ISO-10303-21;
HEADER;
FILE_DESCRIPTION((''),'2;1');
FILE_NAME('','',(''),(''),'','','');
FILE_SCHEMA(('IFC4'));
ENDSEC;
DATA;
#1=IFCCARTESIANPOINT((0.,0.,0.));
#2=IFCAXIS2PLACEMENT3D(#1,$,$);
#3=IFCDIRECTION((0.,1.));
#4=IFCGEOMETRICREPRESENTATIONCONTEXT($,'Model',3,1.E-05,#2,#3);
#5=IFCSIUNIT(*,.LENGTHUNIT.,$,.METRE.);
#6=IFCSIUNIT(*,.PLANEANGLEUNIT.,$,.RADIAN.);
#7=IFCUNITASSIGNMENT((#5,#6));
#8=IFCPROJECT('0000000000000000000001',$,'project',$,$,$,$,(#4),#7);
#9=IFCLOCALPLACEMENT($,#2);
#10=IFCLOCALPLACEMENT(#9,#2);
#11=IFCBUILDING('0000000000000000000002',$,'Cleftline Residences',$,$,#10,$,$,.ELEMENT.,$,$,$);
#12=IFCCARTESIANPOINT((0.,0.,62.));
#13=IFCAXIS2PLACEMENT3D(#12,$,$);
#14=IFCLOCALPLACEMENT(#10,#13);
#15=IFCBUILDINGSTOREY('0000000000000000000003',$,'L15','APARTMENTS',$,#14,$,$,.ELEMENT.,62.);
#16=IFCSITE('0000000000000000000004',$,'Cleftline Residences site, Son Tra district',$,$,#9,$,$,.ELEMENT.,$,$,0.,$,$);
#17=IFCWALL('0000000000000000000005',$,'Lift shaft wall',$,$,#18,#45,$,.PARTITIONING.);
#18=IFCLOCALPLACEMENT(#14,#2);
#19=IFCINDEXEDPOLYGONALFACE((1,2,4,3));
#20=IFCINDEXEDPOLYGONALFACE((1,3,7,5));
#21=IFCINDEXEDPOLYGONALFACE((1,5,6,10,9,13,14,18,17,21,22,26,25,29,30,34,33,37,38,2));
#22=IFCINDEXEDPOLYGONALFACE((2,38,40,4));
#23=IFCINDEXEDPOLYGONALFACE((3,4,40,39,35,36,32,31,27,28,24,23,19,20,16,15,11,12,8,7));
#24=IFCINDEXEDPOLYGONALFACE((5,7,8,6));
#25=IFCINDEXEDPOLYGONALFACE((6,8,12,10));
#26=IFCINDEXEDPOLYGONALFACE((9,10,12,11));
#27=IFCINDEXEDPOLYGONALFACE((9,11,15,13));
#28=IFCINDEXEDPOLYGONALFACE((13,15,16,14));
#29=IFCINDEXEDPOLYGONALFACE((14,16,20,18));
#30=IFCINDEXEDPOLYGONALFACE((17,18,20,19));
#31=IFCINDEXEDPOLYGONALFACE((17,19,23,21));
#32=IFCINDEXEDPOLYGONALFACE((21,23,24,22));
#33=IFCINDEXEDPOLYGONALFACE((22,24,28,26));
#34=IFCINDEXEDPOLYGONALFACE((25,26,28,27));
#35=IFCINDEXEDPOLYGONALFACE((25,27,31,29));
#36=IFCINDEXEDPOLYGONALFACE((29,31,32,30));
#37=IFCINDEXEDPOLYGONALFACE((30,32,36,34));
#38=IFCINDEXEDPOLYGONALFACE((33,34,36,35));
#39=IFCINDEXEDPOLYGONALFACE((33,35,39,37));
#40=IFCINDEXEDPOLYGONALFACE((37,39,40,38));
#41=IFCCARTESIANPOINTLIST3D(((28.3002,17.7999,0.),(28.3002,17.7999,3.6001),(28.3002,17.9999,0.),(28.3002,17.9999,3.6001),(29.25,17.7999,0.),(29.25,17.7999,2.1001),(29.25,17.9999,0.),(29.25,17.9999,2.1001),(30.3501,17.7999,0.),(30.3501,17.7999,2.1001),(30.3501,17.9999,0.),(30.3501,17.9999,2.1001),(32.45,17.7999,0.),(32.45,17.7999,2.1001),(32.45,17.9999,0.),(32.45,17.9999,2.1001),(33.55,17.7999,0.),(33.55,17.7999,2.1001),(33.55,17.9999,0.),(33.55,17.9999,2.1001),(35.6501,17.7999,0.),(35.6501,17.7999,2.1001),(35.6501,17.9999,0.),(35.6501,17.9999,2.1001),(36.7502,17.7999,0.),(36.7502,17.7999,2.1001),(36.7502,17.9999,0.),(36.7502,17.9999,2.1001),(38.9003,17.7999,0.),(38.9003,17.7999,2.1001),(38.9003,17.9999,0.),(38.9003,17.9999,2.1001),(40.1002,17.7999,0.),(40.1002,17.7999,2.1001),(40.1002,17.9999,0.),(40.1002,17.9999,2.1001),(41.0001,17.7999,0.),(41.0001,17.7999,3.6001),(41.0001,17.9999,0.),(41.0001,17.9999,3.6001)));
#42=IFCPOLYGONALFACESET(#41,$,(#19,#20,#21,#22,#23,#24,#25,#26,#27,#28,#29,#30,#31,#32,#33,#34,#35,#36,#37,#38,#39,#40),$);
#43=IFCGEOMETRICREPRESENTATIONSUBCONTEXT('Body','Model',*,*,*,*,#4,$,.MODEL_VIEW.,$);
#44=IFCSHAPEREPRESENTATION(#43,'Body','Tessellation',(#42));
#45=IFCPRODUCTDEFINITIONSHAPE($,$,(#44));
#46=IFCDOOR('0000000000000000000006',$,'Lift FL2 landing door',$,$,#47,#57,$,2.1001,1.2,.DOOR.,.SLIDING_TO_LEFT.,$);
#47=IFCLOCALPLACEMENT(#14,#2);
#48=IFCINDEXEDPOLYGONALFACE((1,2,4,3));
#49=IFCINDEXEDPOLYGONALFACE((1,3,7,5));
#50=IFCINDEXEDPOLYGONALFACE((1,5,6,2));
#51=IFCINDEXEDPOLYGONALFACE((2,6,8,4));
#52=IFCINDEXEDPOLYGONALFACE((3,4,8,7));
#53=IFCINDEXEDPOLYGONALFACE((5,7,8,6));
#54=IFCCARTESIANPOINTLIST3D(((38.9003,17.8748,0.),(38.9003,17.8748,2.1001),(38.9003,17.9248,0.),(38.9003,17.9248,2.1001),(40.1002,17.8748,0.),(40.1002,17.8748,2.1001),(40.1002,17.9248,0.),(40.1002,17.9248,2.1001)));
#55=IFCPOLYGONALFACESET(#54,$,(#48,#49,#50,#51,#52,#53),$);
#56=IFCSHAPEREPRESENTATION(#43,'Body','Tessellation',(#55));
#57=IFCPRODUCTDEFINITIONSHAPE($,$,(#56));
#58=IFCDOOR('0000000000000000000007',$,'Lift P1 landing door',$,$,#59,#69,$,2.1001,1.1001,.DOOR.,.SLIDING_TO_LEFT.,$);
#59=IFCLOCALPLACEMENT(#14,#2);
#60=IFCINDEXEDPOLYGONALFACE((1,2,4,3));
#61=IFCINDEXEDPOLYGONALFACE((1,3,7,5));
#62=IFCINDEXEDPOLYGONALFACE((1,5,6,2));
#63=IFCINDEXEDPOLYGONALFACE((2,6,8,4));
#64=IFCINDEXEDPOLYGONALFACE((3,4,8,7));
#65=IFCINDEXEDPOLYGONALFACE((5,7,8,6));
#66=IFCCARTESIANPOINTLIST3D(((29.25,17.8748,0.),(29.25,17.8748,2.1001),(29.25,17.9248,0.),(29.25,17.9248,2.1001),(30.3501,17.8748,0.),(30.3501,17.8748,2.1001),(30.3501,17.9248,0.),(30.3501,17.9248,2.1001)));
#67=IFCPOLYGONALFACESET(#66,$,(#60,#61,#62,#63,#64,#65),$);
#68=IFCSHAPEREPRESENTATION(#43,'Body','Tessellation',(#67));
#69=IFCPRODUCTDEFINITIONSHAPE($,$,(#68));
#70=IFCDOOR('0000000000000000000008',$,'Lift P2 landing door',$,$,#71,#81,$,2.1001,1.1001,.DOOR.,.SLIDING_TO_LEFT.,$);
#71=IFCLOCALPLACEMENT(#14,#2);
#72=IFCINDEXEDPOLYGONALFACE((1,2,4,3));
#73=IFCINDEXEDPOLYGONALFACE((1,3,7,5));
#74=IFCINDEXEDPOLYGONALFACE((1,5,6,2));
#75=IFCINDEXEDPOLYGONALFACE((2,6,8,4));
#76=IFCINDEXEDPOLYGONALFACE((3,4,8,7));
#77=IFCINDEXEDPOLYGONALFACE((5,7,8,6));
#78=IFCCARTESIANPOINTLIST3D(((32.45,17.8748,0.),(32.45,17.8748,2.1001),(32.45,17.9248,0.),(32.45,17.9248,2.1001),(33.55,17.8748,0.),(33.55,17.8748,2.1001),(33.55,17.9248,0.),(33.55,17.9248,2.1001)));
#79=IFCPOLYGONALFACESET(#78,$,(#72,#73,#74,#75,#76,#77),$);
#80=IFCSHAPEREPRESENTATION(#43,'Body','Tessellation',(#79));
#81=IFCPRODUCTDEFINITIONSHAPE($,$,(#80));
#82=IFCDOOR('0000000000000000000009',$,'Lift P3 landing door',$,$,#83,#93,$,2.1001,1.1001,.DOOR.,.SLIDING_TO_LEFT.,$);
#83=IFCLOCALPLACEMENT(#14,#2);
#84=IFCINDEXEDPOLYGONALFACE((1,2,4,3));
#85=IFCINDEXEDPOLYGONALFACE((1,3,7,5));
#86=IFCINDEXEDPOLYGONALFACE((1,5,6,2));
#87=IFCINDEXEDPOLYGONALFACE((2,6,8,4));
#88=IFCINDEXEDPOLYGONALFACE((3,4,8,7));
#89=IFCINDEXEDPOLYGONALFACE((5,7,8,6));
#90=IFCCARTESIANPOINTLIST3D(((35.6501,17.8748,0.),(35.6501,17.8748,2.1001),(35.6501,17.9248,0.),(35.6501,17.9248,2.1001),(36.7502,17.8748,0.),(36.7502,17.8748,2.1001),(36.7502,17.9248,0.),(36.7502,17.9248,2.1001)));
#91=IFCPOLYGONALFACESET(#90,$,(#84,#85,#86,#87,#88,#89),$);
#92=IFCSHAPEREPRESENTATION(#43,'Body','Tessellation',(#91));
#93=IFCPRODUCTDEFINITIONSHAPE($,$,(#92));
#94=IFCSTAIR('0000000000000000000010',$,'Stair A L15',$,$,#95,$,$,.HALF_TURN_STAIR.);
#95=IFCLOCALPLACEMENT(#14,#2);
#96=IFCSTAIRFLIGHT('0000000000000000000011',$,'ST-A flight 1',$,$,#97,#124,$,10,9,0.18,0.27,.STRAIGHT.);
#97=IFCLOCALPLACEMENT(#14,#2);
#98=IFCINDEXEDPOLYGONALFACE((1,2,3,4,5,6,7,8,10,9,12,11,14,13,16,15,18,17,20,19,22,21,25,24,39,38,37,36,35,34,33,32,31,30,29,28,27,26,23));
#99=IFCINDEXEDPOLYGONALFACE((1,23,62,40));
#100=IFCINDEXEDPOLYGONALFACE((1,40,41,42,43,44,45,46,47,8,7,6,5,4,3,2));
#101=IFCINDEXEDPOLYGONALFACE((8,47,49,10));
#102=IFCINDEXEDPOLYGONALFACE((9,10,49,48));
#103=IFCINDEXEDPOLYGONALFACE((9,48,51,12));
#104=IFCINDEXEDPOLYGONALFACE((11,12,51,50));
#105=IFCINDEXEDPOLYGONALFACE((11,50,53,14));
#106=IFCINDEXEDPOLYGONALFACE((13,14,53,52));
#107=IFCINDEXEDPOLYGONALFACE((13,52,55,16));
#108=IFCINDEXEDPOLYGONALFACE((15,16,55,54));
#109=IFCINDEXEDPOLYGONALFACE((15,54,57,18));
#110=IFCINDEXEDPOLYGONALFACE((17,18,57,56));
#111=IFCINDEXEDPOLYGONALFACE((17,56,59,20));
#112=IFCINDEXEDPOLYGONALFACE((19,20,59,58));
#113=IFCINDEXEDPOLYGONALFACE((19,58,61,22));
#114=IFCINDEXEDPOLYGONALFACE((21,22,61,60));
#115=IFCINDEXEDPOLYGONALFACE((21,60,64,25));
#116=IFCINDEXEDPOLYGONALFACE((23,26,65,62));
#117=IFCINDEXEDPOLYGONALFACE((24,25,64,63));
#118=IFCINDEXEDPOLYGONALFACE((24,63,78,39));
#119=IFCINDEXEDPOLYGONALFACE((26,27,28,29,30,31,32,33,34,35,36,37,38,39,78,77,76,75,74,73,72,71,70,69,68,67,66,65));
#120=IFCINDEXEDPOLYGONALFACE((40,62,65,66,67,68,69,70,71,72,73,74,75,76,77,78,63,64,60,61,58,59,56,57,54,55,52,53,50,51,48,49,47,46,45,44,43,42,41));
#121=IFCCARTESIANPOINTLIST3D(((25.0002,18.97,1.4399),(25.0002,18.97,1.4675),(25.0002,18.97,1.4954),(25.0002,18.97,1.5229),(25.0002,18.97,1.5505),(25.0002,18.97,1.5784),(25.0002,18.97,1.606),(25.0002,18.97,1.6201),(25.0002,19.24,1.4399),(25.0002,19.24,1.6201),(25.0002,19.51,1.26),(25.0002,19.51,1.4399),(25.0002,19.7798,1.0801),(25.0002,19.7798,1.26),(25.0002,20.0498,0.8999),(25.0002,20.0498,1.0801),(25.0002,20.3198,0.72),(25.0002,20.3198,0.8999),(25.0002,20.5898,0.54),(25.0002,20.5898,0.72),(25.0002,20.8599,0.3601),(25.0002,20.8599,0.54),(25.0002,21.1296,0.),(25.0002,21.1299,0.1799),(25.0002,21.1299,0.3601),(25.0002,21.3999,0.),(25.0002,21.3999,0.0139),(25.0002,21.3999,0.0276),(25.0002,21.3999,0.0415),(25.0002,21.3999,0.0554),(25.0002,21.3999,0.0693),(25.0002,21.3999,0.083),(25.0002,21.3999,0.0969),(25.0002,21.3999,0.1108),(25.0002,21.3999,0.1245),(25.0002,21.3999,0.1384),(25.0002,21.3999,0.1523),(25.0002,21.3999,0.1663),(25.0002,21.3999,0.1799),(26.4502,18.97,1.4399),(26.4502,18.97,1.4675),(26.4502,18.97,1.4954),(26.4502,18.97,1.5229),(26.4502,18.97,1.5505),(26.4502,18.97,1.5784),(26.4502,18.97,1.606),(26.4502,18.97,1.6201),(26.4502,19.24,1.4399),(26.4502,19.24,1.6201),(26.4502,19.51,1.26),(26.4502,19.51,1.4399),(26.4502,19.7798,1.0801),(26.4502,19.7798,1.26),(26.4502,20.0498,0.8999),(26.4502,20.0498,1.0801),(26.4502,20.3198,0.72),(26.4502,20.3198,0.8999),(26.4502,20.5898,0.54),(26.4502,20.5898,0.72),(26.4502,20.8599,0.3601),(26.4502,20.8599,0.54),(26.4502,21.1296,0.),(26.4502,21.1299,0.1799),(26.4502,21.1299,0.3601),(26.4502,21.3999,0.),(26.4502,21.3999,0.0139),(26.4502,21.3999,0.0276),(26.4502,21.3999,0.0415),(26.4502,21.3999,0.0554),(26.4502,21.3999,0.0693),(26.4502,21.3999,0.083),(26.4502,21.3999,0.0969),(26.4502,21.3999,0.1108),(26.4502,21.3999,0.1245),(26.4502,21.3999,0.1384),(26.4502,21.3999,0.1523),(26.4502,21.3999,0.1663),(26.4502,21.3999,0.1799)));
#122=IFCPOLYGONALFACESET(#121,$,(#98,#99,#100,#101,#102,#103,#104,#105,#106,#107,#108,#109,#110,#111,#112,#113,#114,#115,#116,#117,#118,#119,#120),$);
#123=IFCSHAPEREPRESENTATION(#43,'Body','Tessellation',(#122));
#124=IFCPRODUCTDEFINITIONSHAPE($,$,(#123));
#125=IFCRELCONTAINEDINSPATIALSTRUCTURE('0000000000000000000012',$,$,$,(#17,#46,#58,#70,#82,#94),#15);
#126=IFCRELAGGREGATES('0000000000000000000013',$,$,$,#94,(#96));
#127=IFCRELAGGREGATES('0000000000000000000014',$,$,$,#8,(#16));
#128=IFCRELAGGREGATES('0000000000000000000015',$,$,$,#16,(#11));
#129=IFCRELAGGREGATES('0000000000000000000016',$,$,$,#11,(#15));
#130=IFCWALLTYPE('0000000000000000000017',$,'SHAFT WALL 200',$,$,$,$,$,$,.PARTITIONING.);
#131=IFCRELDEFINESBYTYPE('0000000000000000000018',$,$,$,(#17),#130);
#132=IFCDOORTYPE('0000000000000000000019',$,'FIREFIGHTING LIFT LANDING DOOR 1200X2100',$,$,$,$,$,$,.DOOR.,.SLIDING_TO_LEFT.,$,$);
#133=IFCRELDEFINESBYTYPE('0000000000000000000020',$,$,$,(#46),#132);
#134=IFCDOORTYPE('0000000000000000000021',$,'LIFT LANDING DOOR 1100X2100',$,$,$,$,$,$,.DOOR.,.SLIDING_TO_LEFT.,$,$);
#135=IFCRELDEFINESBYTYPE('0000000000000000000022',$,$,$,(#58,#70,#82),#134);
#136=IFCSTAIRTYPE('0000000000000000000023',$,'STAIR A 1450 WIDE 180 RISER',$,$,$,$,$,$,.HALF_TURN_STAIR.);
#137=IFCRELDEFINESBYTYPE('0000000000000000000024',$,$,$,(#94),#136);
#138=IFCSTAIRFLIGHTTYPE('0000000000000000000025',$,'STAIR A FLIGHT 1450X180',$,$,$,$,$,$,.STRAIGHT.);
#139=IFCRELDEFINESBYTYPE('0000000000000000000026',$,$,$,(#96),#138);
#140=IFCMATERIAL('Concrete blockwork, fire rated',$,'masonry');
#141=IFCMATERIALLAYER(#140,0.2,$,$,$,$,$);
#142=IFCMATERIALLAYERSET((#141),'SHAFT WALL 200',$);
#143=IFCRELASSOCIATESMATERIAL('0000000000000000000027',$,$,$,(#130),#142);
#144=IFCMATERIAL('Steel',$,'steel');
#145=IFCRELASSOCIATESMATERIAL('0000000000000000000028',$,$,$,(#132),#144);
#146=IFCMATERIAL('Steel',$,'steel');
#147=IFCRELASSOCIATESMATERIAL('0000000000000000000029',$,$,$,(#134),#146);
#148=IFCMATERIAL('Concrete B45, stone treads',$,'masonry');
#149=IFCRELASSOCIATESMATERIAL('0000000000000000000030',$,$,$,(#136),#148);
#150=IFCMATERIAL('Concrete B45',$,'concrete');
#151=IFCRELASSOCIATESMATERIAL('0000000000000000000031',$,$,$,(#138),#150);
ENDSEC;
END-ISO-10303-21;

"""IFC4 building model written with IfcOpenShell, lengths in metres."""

from ifc_helpers import new_model, si_unit, direction, frame, frame_2d, origin, place, context, subcontext, project, spatial, polyline, rectangle, outline, extrude, material, layer, layer_set, type_object, element, fill, aggregate, save


model = new_model("IFC4")

# Units and contexts
model_context = context("Model", 3, precision=1e-05, world=origin(), true_north=direction((0.0, 1.0)))
body_context = subcontext(model_context, "Body", "Model", "MODEL_VIEW")
ifc_project = project(units=[si_unit("LENGTHUNIT", "METRE"), si_unit("PLANEANGLEUNIT", "RADIAN")], contexts=[model_context])

# Site, building, storey
site_placement = place(None, origin())
site = spatial("IfcSite", under=ifc_project, at=site_placement, Name="Cleftline Residences site, Son Tra district", CompositionType="ELEMENT", RefElevation=0.0)
building_placement = place(site_placement, origin())
building = spatial("IfcBuilding", under=site, at=building_placement, Name="Cleftline Residences", CompositionType="ELEMENT")
storey_placement = place(building_placement, frame((0.0, 0.0, 62.0)))
storey = spatial("IfcBuildingStorey", under=building, at=storey_placement, Name="L15", Description="APARTMENTS", CompositionType="ELEMENT", Elevation=62.0)

# Wall, openings, doors
ifc_material_1 = material(Name="Concrete blockwork, fire rated", Category="masonry")
ifc_layer_1 = layer(ifc_material_1, 0.2)
ifc_layer_set_1 = layer_set([ifc_layer_1], Name="SHAFT WALL 200")
wall_type_1 = type_object("IfcWallType", Name="SHAFT WALL 200", PredefinedType="PARTITIONING", material=ifc_layer_set_1)
wall_1_placement = place(storey_placement, frame((28.3, 17.8999, 0.0), z_axis=(0.0, 0.0, 1.0), x_axis=(1.0, 0.0, 0.0)))
wall_1 = element("IfcWall", 1, at=wall_1_placement, inside=storey, type_object=wall_type_1, Name="Lift shaft wall", PredefinedType="PARTITIONING", context=body_context, shape_type="SweptSolid", body=[
    extrude(rectangle(XDim=12.7, YDim=0.2, at=frame_2d((6.3501, 0.0))), origin(), (0.0, 0.0, 1.0), 3.6001),
])
opening_1_placement = place(wall_1_placement, frame((0.95, 0.0, 0.0)))
opening_1 = element("IfcOpeningElement", 2, at=opening_1_placement, cuts=wall_1, PredefinedType="OPENING", context=body_context, shape_type="SweptSolid", body=[
    extrude(rectangle(XDim=1.1001, YDim=2.1001, at=frame_2d((0.55, 1.05))), frame((0.0, 0.1099, 0.0), z_axis=(0.0, -1.0, 0.0), x_axis=(1.0, 0.0, 0.0)), (0.0, 0.0, 1.0), 0.22),
])
opening_2_placement = place(wall_1_placement, frame((4.1499, 0.0, 0.0)))
opening_2 = element("IfcOpeningElement", 3, at=opening_2_placement, cuts=wall_1, PredefinedType="OPENING", context=body_context, shape_type="SweptSolid", body=[
    extrude(rectangle(XDim=1.1001, YDim=2.1001, at=frame_2d((0.55, 1.05))), frame((0.0, 0.1099, 0.0), z_axis=(0.0, -1.0, 0.0), x_axis=(1.0, 0.0, 0.0)), (0.0, 0.0, 1.0), 0.22),
])
opening_3_placement = place(wall_1_placement, frame((7.3501, 0.0, 0.0)))
opening_3 = element("IfcOpeningElement", 4, at=opening_3_placement, cuts=wall_1, PredefinedType="OPENING", context=body_context, shape_type="SweptSolid", body=[
    extrude(rectangle(XDim=1.1001, YDim=2.1001, at=frame_2d((0.55, 1.05))), frame((0.0, 0.1099, 0.0), z_axis=(0.0, -1.0, 0.0), x_axis=(1.0, 0.0, 0.0)), (0.0, 0.0, 1.0), 0.22),
])
opening_4_placement = place(wall_1_placement, frame((10.6001, 0.0, 0.0)))
opening_4 = element("IfcOpeningElement", 5, at=opening_4_placement, cuts=wall_1, PredefinedType="OPENING", context=body_context, shape_type="SweptSolid", body=[
    extrude(rectangle(XDim=1.2, YDim=2.1001, at=frame_2d((0.6001, 1.05))), frame((0.0, 0.1099, 0.0), z_axis=(0.0, -1.0, 0.0), x_axis=(1.0, 0.0, 0.0)), (0.0, 0.0, 1.0), 0.22),
])
ifc_material_2 = material(Name="Steel", Category="steel")
door_type_1 = type_object("IfcDoorType", Name="FIREFIGHTING LIFT LANDING DOOR 1200X2100", OperationType="SLIDING_TO_LEFT", PredefinedType="DOOR", material=ifc_material_2)
door_1_placement = place(opening_4_placement, origin())
door_1 = element("IfcDoor", 6, at=door_1_placement, inside=storey, type_object=door_type_1, Name="Lift FL2 landing door", OperationType="SLIDING_TO_LEFT", OverallHeight=2.1001, OverallWidth=1.2, PredefinedType="DOOR", context=body_context, shape_type="SweptSolid", body=[
    extrude(rectangle(XDim=1.2, YDim=2.1001, at=frame_2d((0.6001, 1.05))), frame((0.0, 0.0249, 0.0), z_axis=(0.0, -1.0, 0.0), x_axis=(1.0, 0.0, 0.0)), (0.0, 0.0, 1.0), 0.05),
])
fill(opening_4, door_1)
ifc_material_3 = material(Name="Steel", Category="steel")
door_type_2 = type_object("IfcDoorType", Name="LIFT LANDING DOOR 1100X2100", OperationType="SLIDING_TO_LEFT", PredefinedType="DOOR", material=ifc_material_3)
door_2_placement = place(opening_1_placement, origin())
door_2 = element("IfcDoor", 7, at=door_2_placement, inside=storey, type_object=door_type_2, Name="Lift P1 landing door", OperationType="SLIDING_TO_LEFT", OverallHeight=2.1001, OverallWidth=1.1001, PredefinedType="DOOR", context=body_context, shape_type="SweptSolid", body=[
    extrude(rectangle(XDim=1.1001, YDim=2.1001, at=frame_2d((0.55, 1.05))), frame((0.0, 0.0249, 0.0), z_axis=(0.0, -1.0, 0.0), x_axis=(1.0, 0.0, 0.0)), (0.0, 0.0, 1.0), 0.05),
])
fill(opening_1, door_2)
door_3_placement = place(opening_2_placement, origin())
door_3 = element("IfcDoor", 8, at=door_3_placement, inside=storey, type_object=door_type_2, Name="Lift P2 landing door", OperationType="SLIDING_TO_LEFT", OverallHeight=2.1001, OverallWidth=1.1001, PredefinedType="DOOR", context=body_context, shape_type="SweptSolid", body=[
    extrude(rectangle(XDim=1.1001, YDim=2.1001, at=frame_2d((0.55, 1.05))), frame((0.0, 0.0249, 0.0), z_axis=(0.0, -1.0, 0.0), x_axis=(1.0, 0.0, 0.0)), (0.0, 0.0, 1.0), 0.05),
])
fill(opening_2, door_3)
door_4_placement = place(opening_3_placement, origin())
door_4 = element("IfcDoor", 9, at=door_4_placement, inside=storey, type_object=door_type_2, Name="Lift P3 landing door", OperationType="SLIDING_TO_LEFT", OverallHeight=2.1001, OverallWidth=1.1001, PredefinedType="DOOR", context=body_context, shape_type="SweptSolid", body=[
    extrude(rectangle(XDim=1.1001, YDim=2.1001, at=frame_2d((0.55, 1.05))), frame((0.0, 0.0249, 0.0), z_axis=(0.0, -1.0, 0.0), x_axis=(1.0, 0.0, 0.0)), (0.0, 0.0, 1.0), 0.05),
])
fill(opening_3, door_4)

# Stair, stair flight
ifc_material_4 = material(Name="Concrete B45, stone treads", Category="masonry")
stair_type = type_object("IfcStairType", Name="STAIR A 1450 WIDE 180 RISER", PredefinedType="HALF_TURN_STAIR", material=ifc_material_4)
stair_placement = place(storey_placement, origin())
stair = element("IfcStair", 10, at=stair_placement, inside=storey, type_object=stair_type, Name="Stair A L15", PredefinedType="HALF_TURN_STAIR")
ifc_material_5 = material(Name="Concrete B45", Category="concrete")
stair_flight_type = type_object("IfcStairFlightType", Name="STAIR A FLIGHT 1450X180", PredefinedType="STRAIGHT", material=ifc_material_5)
stair_flight_1_placement = place(storey_placement, frame((25.7251, 21.3999, 0.0), z_axis=(0.0, 0.0, 1.0), x_axis=(0.0, -1.0, 0.0)))
stair_flight_1 = element("IfcStairFlight", 11, at=stair_flight_1_placement, type_object=stair_flight_type, Name="ST-A flight 1", NumberOfRisers=10, NumberOfTreads=9, PredefinedType="STRAIGHT", RiserHeight=0.18, TreadLength=0.27, context=body_context, shape_type="SweptSolid", body=[
    extrude(outline(polyline([(0.0, 0.0), (0.0, 0.0139), (0.0, 0.0276), (0.0, 0.0415), (0.0, 0.0554), (0.0, 0.0693), (0.0, 0.083), (0.0, 0.0969), (0.0, 0.1108), (0.0, 0.1245), (0.0, 0.1384), (0.0, 0.1523), (0.0, 0.1663), (0.0, 0.1799), (0.27, 0.1799), (0.27, 0.3601), (0.54, 0.3601), (0.54, 0.54), (0.8101, 0.54), (0.8101, 0.72), (1.0801, 0.72), (1.0801, 0.8999), (1.3501, 0.8999), (1.3501, 1.0801), (1.6201, 1.0801), (1.6201, 1.26), (1.8899, 1.26), (1.8899, 1.4399), (2.1599, 1.4399), (2.1599, 1.6201), (2.4299, 1.6201), (2.4299, 1.8), (2.4299, 1.7722), (2.4299, 1.7446), (2.4299, 1.7168), (2.4299, 1.6892), (2.4299, 1.6614), (2.4299, 1.6338), (2.4299, 1.606), (2.4299, 1.5784), (2.4299, 1.5505), (2.4299, 1.5229), (2.4299, 1.4954), (2.4299, 1.4675), (2.4299, 1.4399), (0.2703, 0.0), (0.0, 0.0)])), frame((0.0, 0.7251, 0.0), z_axis=(0.0, -1.0, 0.0), x_axis=(1.0, 0.0, 0.0)), (0.0, 0.0, 1.0), 1.45),
])
aggregate(stair, [stair_flight_1])

save(model, "model.ifc")
